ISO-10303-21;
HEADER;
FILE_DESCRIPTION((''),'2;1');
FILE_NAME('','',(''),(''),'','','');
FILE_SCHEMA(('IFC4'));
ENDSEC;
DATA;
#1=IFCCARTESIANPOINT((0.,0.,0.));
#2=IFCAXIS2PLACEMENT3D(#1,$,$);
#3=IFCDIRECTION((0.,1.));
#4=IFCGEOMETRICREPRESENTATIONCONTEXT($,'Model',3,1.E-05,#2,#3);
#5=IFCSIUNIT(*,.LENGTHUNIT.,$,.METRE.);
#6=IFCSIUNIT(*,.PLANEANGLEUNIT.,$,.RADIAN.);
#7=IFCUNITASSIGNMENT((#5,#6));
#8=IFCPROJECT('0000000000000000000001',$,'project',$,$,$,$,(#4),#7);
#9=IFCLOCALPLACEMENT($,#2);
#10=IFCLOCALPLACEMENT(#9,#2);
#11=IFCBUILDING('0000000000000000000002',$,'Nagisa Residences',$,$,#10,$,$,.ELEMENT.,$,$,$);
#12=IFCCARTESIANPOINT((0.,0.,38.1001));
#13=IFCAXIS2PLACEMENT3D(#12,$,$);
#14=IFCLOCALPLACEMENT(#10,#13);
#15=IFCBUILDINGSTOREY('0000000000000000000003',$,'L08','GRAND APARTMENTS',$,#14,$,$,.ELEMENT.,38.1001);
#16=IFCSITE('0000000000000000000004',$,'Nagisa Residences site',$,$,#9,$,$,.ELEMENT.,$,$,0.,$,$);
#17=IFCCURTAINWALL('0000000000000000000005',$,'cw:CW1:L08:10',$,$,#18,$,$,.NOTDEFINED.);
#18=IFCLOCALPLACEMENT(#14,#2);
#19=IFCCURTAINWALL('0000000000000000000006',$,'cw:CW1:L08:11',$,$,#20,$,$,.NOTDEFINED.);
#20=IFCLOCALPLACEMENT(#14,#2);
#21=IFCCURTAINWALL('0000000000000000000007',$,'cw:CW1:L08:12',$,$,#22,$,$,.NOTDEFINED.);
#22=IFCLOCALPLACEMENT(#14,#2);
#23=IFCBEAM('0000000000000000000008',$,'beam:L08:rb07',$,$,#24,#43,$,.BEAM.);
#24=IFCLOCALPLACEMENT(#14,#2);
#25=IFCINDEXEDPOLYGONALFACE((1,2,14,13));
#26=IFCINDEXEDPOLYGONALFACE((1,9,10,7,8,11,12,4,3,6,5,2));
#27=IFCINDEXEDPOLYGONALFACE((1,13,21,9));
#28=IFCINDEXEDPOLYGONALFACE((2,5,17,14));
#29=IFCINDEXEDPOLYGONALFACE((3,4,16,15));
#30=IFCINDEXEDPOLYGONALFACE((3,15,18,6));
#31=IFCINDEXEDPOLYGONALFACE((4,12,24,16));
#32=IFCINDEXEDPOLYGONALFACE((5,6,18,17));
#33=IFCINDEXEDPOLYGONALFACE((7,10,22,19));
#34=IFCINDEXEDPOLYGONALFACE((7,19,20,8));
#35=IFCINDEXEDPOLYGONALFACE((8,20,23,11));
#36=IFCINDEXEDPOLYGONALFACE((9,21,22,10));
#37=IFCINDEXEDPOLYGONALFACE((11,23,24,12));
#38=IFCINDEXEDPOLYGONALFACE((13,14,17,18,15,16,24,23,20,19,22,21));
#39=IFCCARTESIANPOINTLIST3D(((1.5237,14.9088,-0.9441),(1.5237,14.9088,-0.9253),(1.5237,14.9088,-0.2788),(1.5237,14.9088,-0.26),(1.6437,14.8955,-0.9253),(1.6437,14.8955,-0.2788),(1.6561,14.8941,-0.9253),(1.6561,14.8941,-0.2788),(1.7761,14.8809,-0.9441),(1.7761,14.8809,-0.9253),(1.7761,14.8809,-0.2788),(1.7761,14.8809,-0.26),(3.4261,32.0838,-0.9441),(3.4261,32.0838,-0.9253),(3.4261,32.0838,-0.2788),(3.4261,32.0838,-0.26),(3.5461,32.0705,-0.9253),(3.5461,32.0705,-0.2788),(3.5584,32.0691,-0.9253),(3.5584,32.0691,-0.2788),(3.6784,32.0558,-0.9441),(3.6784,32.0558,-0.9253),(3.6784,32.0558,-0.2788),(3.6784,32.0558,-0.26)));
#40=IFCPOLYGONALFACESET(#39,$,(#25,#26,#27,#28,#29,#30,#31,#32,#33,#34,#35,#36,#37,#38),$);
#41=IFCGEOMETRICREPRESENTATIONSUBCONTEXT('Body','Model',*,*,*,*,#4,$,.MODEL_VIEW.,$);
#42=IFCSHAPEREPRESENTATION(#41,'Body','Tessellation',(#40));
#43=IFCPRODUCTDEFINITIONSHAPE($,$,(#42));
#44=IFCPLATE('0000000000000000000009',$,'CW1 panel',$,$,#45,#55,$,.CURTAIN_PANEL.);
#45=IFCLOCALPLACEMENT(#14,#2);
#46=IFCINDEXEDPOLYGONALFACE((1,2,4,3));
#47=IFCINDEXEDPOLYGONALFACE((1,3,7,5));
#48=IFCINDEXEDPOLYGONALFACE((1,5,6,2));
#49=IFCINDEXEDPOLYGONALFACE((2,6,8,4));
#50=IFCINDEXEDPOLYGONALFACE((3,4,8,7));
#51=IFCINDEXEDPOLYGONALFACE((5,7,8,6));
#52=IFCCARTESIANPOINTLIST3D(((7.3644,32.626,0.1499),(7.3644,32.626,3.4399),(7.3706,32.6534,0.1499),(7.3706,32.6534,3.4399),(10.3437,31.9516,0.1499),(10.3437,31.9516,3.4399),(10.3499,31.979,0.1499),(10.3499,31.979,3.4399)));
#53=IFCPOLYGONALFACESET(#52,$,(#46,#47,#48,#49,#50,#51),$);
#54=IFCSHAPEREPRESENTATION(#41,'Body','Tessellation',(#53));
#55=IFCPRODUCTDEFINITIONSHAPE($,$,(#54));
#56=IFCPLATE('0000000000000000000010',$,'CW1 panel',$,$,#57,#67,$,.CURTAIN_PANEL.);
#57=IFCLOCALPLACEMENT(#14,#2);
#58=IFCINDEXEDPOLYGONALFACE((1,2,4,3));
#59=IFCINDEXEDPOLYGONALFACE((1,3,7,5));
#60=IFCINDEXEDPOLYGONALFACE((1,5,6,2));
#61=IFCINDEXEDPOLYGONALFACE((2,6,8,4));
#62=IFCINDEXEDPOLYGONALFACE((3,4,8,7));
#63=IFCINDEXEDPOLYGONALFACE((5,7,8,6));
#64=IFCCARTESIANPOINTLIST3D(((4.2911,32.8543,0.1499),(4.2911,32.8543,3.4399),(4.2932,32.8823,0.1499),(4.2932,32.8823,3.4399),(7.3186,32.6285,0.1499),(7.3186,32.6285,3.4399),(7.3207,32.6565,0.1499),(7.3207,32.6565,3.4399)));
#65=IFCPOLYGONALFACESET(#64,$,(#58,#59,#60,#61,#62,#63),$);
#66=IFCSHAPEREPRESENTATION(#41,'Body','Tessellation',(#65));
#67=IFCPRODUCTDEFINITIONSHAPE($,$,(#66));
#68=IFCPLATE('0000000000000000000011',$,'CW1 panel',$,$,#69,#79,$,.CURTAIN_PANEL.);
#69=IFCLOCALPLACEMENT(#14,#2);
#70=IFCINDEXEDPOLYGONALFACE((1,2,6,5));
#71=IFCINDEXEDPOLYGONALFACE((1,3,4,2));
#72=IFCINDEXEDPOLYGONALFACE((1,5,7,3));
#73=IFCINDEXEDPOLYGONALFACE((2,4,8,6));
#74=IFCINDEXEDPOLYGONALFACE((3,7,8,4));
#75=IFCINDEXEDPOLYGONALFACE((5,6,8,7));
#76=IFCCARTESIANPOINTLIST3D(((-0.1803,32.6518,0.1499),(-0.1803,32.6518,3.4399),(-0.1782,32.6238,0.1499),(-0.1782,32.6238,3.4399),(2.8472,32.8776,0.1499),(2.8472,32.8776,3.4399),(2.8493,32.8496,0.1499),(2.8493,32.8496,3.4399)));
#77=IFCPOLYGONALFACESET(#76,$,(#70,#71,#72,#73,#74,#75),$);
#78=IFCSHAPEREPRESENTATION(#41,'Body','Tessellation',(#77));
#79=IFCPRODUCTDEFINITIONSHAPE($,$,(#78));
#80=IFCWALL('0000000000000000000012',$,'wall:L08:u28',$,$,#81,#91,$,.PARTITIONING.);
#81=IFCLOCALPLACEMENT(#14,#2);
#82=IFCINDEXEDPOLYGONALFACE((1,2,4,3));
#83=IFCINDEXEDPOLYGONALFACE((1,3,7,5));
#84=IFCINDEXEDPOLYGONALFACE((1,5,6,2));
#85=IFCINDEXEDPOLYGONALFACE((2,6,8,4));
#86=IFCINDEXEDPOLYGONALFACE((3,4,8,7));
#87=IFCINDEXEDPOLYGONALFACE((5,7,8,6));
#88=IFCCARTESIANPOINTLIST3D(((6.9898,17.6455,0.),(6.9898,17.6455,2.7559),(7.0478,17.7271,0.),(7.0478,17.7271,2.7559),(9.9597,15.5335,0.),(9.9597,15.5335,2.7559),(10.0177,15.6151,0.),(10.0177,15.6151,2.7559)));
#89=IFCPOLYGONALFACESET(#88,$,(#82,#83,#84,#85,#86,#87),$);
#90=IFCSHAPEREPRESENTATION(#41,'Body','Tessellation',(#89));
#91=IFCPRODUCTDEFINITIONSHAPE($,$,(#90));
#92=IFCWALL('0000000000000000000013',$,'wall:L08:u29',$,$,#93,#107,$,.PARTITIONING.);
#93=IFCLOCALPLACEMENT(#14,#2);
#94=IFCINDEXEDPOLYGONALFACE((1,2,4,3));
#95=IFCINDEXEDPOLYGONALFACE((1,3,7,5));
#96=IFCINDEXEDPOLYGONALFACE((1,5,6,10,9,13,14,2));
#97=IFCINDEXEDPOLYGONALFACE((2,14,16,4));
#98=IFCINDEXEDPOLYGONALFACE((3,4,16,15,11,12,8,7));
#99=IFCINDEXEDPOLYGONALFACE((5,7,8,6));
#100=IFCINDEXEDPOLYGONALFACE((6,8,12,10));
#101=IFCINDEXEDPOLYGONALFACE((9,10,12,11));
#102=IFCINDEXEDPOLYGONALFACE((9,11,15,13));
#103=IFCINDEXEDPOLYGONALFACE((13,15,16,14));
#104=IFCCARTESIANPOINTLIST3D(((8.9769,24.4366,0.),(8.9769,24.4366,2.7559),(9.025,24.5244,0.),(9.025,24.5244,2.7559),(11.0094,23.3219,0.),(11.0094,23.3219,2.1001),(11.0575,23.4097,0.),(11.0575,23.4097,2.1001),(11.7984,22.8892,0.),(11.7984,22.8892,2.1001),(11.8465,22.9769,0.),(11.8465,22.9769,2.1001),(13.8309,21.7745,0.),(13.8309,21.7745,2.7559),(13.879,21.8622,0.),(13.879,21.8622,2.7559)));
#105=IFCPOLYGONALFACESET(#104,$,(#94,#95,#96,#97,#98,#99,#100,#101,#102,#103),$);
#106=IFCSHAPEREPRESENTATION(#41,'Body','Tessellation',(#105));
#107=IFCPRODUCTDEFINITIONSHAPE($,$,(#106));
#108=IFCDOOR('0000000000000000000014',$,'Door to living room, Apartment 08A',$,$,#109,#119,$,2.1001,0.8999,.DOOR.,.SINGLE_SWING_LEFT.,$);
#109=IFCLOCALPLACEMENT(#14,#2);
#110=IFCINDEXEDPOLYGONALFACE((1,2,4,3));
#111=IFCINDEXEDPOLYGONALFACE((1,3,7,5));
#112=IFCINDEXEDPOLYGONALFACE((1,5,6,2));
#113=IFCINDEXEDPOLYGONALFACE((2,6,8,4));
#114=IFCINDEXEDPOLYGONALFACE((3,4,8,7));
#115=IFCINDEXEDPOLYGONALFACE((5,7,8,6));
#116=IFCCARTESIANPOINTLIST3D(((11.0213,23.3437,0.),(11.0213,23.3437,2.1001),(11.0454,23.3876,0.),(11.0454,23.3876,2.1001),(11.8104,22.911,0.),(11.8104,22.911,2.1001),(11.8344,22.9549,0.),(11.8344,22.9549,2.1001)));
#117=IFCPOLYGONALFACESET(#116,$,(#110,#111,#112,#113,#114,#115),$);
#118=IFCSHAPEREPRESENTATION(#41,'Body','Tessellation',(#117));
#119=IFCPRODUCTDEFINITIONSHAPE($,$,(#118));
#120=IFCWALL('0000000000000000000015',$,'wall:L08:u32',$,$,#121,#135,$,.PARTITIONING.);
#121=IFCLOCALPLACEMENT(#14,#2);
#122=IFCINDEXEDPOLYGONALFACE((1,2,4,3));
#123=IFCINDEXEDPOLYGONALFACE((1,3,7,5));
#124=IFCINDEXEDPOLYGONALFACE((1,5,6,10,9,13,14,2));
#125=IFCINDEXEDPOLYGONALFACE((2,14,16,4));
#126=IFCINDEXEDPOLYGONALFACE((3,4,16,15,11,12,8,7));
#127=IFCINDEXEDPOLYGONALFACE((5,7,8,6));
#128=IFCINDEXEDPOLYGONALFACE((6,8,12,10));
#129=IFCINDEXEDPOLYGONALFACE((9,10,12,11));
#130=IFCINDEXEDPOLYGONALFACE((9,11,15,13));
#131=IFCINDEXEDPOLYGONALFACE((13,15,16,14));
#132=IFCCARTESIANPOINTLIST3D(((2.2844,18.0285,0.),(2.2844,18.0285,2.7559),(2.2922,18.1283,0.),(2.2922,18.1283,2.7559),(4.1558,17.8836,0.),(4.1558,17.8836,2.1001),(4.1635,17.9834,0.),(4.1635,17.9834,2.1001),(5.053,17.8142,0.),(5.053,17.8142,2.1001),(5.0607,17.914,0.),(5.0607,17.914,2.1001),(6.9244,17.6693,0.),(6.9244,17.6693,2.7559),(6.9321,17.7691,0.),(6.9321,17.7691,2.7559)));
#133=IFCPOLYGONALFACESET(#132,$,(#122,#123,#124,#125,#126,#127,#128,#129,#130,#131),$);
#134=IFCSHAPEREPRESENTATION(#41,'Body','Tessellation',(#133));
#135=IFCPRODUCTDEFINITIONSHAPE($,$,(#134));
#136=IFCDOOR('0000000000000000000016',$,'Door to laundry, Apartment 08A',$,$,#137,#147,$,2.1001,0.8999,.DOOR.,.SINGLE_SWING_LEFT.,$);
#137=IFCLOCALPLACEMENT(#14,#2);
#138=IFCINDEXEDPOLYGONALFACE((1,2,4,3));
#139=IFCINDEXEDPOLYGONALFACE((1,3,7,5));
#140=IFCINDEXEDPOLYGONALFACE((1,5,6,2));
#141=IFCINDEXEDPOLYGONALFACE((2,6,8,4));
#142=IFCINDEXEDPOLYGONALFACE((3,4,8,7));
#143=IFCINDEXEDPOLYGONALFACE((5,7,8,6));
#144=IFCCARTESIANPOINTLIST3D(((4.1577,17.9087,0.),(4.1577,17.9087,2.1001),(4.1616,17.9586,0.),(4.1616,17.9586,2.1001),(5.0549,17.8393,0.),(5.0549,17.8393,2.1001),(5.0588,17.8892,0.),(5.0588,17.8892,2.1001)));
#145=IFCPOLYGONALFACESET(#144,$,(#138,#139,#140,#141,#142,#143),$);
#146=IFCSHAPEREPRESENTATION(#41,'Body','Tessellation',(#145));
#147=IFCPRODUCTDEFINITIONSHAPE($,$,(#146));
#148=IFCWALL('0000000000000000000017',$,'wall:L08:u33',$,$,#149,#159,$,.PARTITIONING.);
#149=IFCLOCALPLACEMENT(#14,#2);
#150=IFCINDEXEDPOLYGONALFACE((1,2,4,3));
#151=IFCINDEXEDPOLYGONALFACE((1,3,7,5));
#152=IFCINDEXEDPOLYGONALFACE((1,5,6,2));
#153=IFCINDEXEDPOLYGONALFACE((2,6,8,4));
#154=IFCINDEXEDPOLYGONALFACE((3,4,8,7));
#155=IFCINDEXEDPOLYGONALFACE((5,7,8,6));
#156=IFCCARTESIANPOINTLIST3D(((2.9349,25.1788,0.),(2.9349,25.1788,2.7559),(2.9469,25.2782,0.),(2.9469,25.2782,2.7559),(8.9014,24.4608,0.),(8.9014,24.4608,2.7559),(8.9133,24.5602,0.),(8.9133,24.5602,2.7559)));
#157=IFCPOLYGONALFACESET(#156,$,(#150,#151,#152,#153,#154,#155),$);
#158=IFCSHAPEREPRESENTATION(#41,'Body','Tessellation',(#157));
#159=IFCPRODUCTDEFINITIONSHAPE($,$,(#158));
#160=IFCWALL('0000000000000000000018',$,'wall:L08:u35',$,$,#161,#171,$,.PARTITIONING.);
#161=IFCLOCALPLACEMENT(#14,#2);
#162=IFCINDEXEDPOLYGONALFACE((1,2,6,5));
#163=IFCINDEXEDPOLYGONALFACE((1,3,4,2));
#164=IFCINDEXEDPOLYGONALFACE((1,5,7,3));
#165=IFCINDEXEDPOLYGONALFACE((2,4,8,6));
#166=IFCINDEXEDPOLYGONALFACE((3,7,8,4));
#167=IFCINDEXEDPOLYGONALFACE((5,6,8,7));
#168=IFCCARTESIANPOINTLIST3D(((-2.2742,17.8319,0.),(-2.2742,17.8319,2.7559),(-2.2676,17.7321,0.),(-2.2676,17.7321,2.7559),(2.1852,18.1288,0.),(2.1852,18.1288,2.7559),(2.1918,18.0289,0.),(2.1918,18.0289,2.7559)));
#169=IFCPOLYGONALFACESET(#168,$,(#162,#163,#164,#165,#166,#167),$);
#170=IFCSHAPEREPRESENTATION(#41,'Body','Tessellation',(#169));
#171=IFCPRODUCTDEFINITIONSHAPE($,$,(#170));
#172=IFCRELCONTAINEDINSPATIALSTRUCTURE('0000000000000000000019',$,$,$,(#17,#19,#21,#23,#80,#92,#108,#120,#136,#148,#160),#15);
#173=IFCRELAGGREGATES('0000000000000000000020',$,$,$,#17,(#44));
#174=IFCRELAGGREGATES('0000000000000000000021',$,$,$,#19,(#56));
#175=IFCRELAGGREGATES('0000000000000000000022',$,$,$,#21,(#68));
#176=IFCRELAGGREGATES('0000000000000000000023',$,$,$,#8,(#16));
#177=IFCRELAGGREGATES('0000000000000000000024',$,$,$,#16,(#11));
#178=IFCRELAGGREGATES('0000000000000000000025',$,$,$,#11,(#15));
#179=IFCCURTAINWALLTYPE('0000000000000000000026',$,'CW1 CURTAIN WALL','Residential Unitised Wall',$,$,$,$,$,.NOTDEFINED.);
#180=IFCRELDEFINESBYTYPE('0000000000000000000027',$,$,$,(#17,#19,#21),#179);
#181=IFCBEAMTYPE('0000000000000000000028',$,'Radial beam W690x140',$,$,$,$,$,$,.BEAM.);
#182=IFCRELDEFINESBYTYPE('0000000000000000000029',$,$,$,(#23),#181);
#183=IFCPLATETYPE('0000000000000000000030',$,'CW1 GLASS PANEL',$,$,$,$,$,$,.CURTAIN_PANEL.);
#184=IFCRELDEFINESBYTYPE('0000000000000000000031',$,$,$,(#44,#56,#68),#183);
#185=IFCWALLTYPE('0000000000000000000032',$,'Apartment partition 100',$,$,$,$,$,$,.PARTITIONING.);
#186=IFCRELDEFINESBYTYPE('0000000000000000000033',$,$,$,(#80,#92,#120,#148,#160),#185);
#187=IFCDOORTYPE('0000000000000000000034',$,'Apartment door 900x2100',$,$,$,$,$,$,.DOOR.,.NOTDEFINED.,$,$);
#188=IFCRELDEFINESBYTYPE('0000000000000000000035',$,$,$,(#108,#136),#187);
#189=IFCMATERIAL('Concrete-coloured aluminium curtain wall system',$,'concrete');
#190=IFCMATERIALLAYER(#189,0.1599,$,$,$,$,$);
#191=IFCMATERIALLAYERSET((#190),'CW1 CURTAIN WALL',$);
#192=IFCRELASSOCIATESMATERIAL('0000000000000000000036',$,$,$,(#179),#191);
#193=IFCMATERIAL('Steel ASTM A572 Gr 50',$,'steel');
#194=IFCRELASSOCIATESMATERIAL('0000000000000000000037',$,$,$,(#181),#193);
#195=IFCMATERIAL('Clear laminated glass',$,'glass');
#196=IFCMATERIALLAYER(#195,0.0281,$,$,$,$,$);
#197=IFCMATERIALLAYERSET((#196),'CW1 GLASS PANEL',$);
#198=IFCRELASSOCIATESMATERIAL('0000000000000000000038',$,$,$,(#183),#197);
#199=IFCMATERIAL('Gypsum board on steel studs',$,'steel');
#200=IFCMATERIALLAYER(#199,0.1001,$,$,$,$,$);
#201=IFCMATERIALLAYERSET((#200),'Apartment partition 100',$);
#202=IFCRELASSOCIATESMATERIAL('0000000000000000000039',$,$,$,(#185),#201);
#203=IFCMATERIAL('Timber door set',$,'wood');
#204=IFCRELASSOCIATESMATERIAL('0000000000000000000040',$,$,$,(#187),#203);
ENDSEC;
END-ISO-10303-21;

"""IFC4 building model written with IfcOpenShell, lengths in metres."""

from ifc_helpers import new_model, si_unit, direction, frame, frame_2d, origin, origin_2d, place, context, subcontext, project, spatial, rectangle, i_section, extrude, material, layer, layer_set, material_profile, profile_set, type_object, element, fill, aggregate, save


model = new_model("IFC4")

# Units and contexts
model_context = context("Model", 3, precision=1e-05, world=origin(), true_north=direction((0.0, 1.0)))
body_context = subcontext(model_context, "Body", "Model", "MODEL_VIEW")
ifc_project = project(units=[si_unit("LENGTHUNIT", "METRE"), si_unit("PLANEANGLEUNIT", "RADIAN")], contexts=[model_context])

# Site, building, storey
site_placement = place(None, origin())
site = spatial("IfcSite", under=ifc_project, at=site_placement, Name="Nagisa Residences site", CompositionType="ELEMENT", RefElevation=0.0)
building_placement = place(site_placement, origin())
building = spatial("IfcBuilding", under=site, at=building_placement, Name="Nagisa Residences", CompositionType="ELEMENT")
storey_placement = place(building_placement, frame((0.0, 0.0, 38.1001)))
storey = spatial("IfcBuildingStorey", under=building, at=storey_placement, Name="L08", Description="GRAND APARTMENTS", CompositionType="ELEMENT", Elevation=38.1001)

# Curtain walls
ifc_material_1 = material(Name="Concrete-coloured aluminium curtain wall system", Category="concrete")
ifc_layer_1 = layer(ifc_material_1, 0.1599)
ifc_layer_set_1 = layer_set([ifc_layer_1], Name="CW1 CURTAIN WALL")
curtain_wall_type = type_object("IfcCurtainWallType", Name="CW1 CURTAIN WALL", Description="Residential Unitised Wall", PredefinedType="NOTDEFINED", material=ifc_layer_set_1)
curtain_wall_1_placement = place(storey_placement, origin())
curtain_wall_1 = element("IfcCurtainWall", 1, at=curtain_wall_1_placement, inside=storey, type_object=curtain_wall_type, Name="cw:CW1:L08:10", PredefinedType="NOTDEFINED")
curtain_wall_2_placement = place(storey_placement, origin())
curtain_wall_2 = element("IfcCurtainWall", 2, at=curtain_wall_2_placement, inside=storey, type_object=curtain_wall_type, Name="cw:CW1:L08:11", PredefinedType="NOTDEFINED")
curtain_wall_3_placement = place(storey_placement, origin())
curtain_wall_3 = element("IfcCurtainWall", 3, at=curtain_wall_3_placement, inside=storey, type_object=curtain_wall_type, Name="cw:CW1:L08:12", PredefinedType="NOTDEFINED")

# Beam
ifc_material_2 = material(Name="Steel ASTM A572 Gr 50", Category="steel")
ifc_material_profile_1 = material_profile(ifc_material_2, i_section(OverallWidth=0.2539, OverallDepth=0.6841, WebThickness=0.0125, FlangeThickness=0.0188, at=origin_2d()), Name="W690x140")
ifc_profile_set_1 = profile_set([ifc_material_profile_1], Name="Steel ASTM A572 Gr 50")
beam_type_1 = type_object("IfcBeamType", Name="Radial beam W690x140", PredefinedType="BEAM", material=ifc_profile_set_1)
beam_1_placement = place(storey_placement, frame((3.5522, 32.0698, -0.6021), z_axis=(-0.110089, -0.993922, 0.0), x_axis=(0.993922, -0.110089, 0.0)))
element("IfcBeam", 4, at=beam_1_placement, inside=storey, type_object=beam_type_1, Name="beam:L08:rb07", PredefinedType="BEAM", context=body_context, shape_type="SweptSolid", body=[
    extrude(i_section(OverallWidth=0.2539, OverallDepth=0.6841, WebThickness=0.0125, FlangeThickness=0.0188, at=origin_2d()), origin(), (0.0, 0.0, 1.0), 17.28),
])

# Plates
ifc_material_3 = material(Name="Clear laminated glass", Category="glass")
ifc_layer_2 = layer(ifc_material_3, 0.0281)
ifc_layer_set_2 = layer_set([ifc_layer_2], Name="CW1 GLASS PANEL")
plate_type = type_object("IfcPlateType", Name="CW1 GLASS PANEL", PredefinedType="CURTAIN_PANEL", material=ifc_layer_set_2)
plate_1_placement = place(storey_placement, frame((8.8572, 32.3025, 0.1499), z_axis=(0.0, 0.0, 1.0), x_axis=(-0.975327, 0.220764, 0.0)))
plate_1 = element("IfcPlate", 5, at=plate_1_placement, type_object=plate_type, Name="CW1 panel", PredefinedType="CURTAIN_PANEL", context=body_context, shape_type="SweptSolid", body=[
    extrude(rectangle(XDim=3.0547, YDim=0.0281, at=origin_2d()), origin(), (0.0, 0.0, 1.0), 3.29),
])
aggregate(curtain_wall_1, [plate_1])
plate_2_placement = place(storey_placement, frame((5.8059, 32.7554, 0.1499), z_axis=(0.0, 0.0, 1.0), x_axis=(-0.99723, 0.074377, 0.0)))
plate_2 = element("IfcPlate", 6, at=plate_2_placement, type_object=plate_type, Name="CW1 panel", PredefinedType="CURTAIN_PANEL", context=body_context, shape_type="SweptSolid", body=[
    extrude(rectangle(XDim=3.0359, YDim=0.0281, at=origin_2d()), origin(), (0.0, 0.0, 1.0), 3.29),
])
aggregate(curtain_wall_2, [plate_2])
plate_3_placement = place(storey_placement, frame((1.3345, 32.7507, 0.1499), z_axis=(0.0, 0.0, 1.0), x_axis=(-0.99723, -0.074377, 0.0)))
plate_3 = element("IfcPlate", 7, at=plate_3_placement, type_object=plate_type, Name="CW1 panel", PredefinedType="CURTAIN_PANEL", context=body_context, shape_type="SweptSolid", body=[
    extrude(rectangle(XDim=3.0359, YDim=0.0281, at=origin_2d()), origin(), (0.0, 0.0, 1.0), 3.29),
])
aggregate(curtain_wall_3, [plate_3])

# Wall
ifc_material_4 = material(Name="Gypsum board on steel studs", Category="steel")
ifc_layer_3 = layer(ifc_material_4, 0.1001)
ifc_layer_set_3 = layer_set([ifc_layer_3], Name="Apartment partition 100")
wall_type_1 = type_object("IfcWallType", Name="Apartment partition 100", PredefinedType="PARTITIONING", material=ifc_layer_set_3)
wall_1_placement = place(storey_placement, frame((9.9888, 15.5742, 0.0), z_axis=(0.0, 0.0, 1.0), x_axis=(-0.814945, 0.579539, 0.0)))
element("IfcWall", 8, at=wall_1_placement, inside=storey, type_object=wall_type_1, Name="wall:L08:u28", PredefinedType="PARTITIONING", context=body_context, shape_type="SweptSolid", body=[
    extrude(rectangle(XDim=3.6443, YDim=0.1001, at=frame_2d((1.8223, 0.0))), origin(), (0.0, 0.0, 1.0), 2.7559),
])

# Walls, openings, doors
wall_2_placement = place(storey_placement, frame((13.855, 21.8184, 0.0), z_axis=(0.0, 0.0, 1.0), x_axis=(-0.876794, 0.480865, 0.0)))
wall_2 = element("IfcWall", 9, at=wall_2_placement, inside=storey, type_object=wall_type_1, Name="wall:L08:u29", PredefinedType="PARTITIONING", context=body_context, shape_type="SweptSolid", body=[
    extrude(rectangle(XDim=5.5361, YDim=0.1001, at=frame_2d((2.7681, 0.0))), origin(), (0.0, 0.0, 1.0), 2.7559),
])
opening_1_placement = place(wall_2_placement, frame((2.3181, 0.0, 0.0)))
opening_1 = element("IfcOpeningElement", 10, at=opening_1_placement, cuts=wall_2, PredefinedType="OPENING", context=body_context, shape_type="SweptSolid", body=[
    extrude(rectangle(XDim=0.8999, YDim=2.1001, at=frame_2d((0.45, 1.05))), frame((0.0, 0.0601, 0.0), z_axis=(0.0, -1.0, 0.0), x_axis=(1.0, 0.0, 0.0)), (0.0, 0.0, 1.0), 0.1201),
])
ifc_material_5 = material(Name="Timber door set", Category="wood")
door_type_1 = type_object("IfcDoorType", Name="Apartment door 900x2100", OperationType="NOTDEFINED", PredefinedType="DOOR", material=ifc_material_5)
door_1_placement = place(opening_1_placement, frame((0.8999, 0.0, 0.0), x_axis=(-1.0, 0.0, 0.0)))
door_1 = element("IfcDoor", 11, at=door_1_placement, inside=storey, type_object=door_type_1, Name="Door to living room, Apartment 08A", OperationType="SINGLE_SWING_LEFT", OverallHeight=2.1001, OverallWidth=0.8999, PredefinedType="DOOR", context=body_context, shape_type="SweptSolid", body=[
    extrude(rectangle(XDim=0.8999, YDim=2.1001, at=frame_2d((0.45, 1.05))), frame((0.0, 0.0249, 0.0), z_axis=(0.0, -1.0, 0.0), x_axis=(1.0, 0.0, 0.0)), (0.0, 0.0, 1.0), 0.05),
])
fill(opening_1, door_1)
wall_3_placement = place(storey_placement, frame((6.9282, 17.7192, 0.0), z_axis=(0.0, 0.0, 1.0), x_axis=(-0.997018, 0.07717, 0.0)))
wall_3 = element("IfcWall", 12, at=wall_3_placement, inside=storey, type_object=wall_type_1, Name="wall:L08:u32", PredefinedType="PARTITIONING", context=body_context, shape_type="SweptSolid", body=[
    extrude(rectangle(XDim=4.6538, YDim=0.1001, at=frame_2d((2.3269, 0.0))), origin(), (0.0, 0.0, 1.0), 2.7559),
])
opening_2_placement = place(wall_3_placement, frame((1.877, 0.0, 0.0)))
opening_2 = element("IfcOpeningElement", 13, at=opening_2_placement, cuts=wall_3, PredefinedType="OPENING", context=body_context, shape_type="SweptSolid", body=[
    extrude(rectangle(XDim=0.8999, YDim=2.1001, at=frame_2d((0.45, 1.05))), frame((0.0, 0.0601, 0.0), z_axis=(0.0, -1.0, 0.0), x_axis=(1.0, 0.0, 0.0)), (0.0, 0.0, 1.0), 0.1201),
])
door_2_placement = place(opening_2_placement, origin())
door_2 = element("IfcDoor", 14, at=door_2_placement, inside=storey, type_object=door_type_1, Name="Door to laundry, Apartment 08A", OperationType="SINGLE_SWING_LEFT", OverallHeight=2.1001, OverallWidth=0.8999, PredefinedType="DOOR", context=body_context, shape_type="SweptSolid", body=[
    extrude(rectangle(XDim=0.8999, YDim=2.1001, at=frame_2d((0.45, 1.05))), frame((0.0, 0.0249, 0.0), z_axis=(0.0, -1.0, 0.0), x_axis=(1.0, 0.0, 0.0)), (0.0, 0.0, 1.0), 0.05),
])
fill(opening_2, door_2)

# Walls
wall_4_placement = place(storey_placement, frame((8.9075, 24.5105, 0.0), z_axis=(0.0, 0.0, 1.0), x_axis=(-0.992837, 0.119478, 0.0)))
element("IfcWall", 15, at=wall_4_placement, inside=storey, type_object=wall_type_1, Name="wall:L08:u33", PredefinedType="PARTITIONING", context=body_context, shape_type="SweptSolid", body=[
    extrude(rectangle(XDim=6.0095, YDim=0.1001, at=frame_2d((3.0049, 0.0))), origin(), (0.0, 0.0, 1.0), 2.7559),
])
wall_5_placement = place(storey_placement, frame((2.1885, 18.0789, 0.0), z_axis=(0.0, 0.0, 1.0), x_axis=(-0.997791, -0.066425, 0.0)))
element("IfcWall", 16, at=wall_5_placement, inside=storey, type_object=wall_type_1, Name="wall:L08:u35", PredefinedType="PARTITIONING", context=body_context, shape_type="SweptSolid", body=[
    extrude(rectangle(XDim=4.4692, YDim=0.1001, at=frame_2d((2.2346, 0.0))), origin(), (0.0, 0.0, 1.0), 2.7559),
])

save(model, "model.ifc")
